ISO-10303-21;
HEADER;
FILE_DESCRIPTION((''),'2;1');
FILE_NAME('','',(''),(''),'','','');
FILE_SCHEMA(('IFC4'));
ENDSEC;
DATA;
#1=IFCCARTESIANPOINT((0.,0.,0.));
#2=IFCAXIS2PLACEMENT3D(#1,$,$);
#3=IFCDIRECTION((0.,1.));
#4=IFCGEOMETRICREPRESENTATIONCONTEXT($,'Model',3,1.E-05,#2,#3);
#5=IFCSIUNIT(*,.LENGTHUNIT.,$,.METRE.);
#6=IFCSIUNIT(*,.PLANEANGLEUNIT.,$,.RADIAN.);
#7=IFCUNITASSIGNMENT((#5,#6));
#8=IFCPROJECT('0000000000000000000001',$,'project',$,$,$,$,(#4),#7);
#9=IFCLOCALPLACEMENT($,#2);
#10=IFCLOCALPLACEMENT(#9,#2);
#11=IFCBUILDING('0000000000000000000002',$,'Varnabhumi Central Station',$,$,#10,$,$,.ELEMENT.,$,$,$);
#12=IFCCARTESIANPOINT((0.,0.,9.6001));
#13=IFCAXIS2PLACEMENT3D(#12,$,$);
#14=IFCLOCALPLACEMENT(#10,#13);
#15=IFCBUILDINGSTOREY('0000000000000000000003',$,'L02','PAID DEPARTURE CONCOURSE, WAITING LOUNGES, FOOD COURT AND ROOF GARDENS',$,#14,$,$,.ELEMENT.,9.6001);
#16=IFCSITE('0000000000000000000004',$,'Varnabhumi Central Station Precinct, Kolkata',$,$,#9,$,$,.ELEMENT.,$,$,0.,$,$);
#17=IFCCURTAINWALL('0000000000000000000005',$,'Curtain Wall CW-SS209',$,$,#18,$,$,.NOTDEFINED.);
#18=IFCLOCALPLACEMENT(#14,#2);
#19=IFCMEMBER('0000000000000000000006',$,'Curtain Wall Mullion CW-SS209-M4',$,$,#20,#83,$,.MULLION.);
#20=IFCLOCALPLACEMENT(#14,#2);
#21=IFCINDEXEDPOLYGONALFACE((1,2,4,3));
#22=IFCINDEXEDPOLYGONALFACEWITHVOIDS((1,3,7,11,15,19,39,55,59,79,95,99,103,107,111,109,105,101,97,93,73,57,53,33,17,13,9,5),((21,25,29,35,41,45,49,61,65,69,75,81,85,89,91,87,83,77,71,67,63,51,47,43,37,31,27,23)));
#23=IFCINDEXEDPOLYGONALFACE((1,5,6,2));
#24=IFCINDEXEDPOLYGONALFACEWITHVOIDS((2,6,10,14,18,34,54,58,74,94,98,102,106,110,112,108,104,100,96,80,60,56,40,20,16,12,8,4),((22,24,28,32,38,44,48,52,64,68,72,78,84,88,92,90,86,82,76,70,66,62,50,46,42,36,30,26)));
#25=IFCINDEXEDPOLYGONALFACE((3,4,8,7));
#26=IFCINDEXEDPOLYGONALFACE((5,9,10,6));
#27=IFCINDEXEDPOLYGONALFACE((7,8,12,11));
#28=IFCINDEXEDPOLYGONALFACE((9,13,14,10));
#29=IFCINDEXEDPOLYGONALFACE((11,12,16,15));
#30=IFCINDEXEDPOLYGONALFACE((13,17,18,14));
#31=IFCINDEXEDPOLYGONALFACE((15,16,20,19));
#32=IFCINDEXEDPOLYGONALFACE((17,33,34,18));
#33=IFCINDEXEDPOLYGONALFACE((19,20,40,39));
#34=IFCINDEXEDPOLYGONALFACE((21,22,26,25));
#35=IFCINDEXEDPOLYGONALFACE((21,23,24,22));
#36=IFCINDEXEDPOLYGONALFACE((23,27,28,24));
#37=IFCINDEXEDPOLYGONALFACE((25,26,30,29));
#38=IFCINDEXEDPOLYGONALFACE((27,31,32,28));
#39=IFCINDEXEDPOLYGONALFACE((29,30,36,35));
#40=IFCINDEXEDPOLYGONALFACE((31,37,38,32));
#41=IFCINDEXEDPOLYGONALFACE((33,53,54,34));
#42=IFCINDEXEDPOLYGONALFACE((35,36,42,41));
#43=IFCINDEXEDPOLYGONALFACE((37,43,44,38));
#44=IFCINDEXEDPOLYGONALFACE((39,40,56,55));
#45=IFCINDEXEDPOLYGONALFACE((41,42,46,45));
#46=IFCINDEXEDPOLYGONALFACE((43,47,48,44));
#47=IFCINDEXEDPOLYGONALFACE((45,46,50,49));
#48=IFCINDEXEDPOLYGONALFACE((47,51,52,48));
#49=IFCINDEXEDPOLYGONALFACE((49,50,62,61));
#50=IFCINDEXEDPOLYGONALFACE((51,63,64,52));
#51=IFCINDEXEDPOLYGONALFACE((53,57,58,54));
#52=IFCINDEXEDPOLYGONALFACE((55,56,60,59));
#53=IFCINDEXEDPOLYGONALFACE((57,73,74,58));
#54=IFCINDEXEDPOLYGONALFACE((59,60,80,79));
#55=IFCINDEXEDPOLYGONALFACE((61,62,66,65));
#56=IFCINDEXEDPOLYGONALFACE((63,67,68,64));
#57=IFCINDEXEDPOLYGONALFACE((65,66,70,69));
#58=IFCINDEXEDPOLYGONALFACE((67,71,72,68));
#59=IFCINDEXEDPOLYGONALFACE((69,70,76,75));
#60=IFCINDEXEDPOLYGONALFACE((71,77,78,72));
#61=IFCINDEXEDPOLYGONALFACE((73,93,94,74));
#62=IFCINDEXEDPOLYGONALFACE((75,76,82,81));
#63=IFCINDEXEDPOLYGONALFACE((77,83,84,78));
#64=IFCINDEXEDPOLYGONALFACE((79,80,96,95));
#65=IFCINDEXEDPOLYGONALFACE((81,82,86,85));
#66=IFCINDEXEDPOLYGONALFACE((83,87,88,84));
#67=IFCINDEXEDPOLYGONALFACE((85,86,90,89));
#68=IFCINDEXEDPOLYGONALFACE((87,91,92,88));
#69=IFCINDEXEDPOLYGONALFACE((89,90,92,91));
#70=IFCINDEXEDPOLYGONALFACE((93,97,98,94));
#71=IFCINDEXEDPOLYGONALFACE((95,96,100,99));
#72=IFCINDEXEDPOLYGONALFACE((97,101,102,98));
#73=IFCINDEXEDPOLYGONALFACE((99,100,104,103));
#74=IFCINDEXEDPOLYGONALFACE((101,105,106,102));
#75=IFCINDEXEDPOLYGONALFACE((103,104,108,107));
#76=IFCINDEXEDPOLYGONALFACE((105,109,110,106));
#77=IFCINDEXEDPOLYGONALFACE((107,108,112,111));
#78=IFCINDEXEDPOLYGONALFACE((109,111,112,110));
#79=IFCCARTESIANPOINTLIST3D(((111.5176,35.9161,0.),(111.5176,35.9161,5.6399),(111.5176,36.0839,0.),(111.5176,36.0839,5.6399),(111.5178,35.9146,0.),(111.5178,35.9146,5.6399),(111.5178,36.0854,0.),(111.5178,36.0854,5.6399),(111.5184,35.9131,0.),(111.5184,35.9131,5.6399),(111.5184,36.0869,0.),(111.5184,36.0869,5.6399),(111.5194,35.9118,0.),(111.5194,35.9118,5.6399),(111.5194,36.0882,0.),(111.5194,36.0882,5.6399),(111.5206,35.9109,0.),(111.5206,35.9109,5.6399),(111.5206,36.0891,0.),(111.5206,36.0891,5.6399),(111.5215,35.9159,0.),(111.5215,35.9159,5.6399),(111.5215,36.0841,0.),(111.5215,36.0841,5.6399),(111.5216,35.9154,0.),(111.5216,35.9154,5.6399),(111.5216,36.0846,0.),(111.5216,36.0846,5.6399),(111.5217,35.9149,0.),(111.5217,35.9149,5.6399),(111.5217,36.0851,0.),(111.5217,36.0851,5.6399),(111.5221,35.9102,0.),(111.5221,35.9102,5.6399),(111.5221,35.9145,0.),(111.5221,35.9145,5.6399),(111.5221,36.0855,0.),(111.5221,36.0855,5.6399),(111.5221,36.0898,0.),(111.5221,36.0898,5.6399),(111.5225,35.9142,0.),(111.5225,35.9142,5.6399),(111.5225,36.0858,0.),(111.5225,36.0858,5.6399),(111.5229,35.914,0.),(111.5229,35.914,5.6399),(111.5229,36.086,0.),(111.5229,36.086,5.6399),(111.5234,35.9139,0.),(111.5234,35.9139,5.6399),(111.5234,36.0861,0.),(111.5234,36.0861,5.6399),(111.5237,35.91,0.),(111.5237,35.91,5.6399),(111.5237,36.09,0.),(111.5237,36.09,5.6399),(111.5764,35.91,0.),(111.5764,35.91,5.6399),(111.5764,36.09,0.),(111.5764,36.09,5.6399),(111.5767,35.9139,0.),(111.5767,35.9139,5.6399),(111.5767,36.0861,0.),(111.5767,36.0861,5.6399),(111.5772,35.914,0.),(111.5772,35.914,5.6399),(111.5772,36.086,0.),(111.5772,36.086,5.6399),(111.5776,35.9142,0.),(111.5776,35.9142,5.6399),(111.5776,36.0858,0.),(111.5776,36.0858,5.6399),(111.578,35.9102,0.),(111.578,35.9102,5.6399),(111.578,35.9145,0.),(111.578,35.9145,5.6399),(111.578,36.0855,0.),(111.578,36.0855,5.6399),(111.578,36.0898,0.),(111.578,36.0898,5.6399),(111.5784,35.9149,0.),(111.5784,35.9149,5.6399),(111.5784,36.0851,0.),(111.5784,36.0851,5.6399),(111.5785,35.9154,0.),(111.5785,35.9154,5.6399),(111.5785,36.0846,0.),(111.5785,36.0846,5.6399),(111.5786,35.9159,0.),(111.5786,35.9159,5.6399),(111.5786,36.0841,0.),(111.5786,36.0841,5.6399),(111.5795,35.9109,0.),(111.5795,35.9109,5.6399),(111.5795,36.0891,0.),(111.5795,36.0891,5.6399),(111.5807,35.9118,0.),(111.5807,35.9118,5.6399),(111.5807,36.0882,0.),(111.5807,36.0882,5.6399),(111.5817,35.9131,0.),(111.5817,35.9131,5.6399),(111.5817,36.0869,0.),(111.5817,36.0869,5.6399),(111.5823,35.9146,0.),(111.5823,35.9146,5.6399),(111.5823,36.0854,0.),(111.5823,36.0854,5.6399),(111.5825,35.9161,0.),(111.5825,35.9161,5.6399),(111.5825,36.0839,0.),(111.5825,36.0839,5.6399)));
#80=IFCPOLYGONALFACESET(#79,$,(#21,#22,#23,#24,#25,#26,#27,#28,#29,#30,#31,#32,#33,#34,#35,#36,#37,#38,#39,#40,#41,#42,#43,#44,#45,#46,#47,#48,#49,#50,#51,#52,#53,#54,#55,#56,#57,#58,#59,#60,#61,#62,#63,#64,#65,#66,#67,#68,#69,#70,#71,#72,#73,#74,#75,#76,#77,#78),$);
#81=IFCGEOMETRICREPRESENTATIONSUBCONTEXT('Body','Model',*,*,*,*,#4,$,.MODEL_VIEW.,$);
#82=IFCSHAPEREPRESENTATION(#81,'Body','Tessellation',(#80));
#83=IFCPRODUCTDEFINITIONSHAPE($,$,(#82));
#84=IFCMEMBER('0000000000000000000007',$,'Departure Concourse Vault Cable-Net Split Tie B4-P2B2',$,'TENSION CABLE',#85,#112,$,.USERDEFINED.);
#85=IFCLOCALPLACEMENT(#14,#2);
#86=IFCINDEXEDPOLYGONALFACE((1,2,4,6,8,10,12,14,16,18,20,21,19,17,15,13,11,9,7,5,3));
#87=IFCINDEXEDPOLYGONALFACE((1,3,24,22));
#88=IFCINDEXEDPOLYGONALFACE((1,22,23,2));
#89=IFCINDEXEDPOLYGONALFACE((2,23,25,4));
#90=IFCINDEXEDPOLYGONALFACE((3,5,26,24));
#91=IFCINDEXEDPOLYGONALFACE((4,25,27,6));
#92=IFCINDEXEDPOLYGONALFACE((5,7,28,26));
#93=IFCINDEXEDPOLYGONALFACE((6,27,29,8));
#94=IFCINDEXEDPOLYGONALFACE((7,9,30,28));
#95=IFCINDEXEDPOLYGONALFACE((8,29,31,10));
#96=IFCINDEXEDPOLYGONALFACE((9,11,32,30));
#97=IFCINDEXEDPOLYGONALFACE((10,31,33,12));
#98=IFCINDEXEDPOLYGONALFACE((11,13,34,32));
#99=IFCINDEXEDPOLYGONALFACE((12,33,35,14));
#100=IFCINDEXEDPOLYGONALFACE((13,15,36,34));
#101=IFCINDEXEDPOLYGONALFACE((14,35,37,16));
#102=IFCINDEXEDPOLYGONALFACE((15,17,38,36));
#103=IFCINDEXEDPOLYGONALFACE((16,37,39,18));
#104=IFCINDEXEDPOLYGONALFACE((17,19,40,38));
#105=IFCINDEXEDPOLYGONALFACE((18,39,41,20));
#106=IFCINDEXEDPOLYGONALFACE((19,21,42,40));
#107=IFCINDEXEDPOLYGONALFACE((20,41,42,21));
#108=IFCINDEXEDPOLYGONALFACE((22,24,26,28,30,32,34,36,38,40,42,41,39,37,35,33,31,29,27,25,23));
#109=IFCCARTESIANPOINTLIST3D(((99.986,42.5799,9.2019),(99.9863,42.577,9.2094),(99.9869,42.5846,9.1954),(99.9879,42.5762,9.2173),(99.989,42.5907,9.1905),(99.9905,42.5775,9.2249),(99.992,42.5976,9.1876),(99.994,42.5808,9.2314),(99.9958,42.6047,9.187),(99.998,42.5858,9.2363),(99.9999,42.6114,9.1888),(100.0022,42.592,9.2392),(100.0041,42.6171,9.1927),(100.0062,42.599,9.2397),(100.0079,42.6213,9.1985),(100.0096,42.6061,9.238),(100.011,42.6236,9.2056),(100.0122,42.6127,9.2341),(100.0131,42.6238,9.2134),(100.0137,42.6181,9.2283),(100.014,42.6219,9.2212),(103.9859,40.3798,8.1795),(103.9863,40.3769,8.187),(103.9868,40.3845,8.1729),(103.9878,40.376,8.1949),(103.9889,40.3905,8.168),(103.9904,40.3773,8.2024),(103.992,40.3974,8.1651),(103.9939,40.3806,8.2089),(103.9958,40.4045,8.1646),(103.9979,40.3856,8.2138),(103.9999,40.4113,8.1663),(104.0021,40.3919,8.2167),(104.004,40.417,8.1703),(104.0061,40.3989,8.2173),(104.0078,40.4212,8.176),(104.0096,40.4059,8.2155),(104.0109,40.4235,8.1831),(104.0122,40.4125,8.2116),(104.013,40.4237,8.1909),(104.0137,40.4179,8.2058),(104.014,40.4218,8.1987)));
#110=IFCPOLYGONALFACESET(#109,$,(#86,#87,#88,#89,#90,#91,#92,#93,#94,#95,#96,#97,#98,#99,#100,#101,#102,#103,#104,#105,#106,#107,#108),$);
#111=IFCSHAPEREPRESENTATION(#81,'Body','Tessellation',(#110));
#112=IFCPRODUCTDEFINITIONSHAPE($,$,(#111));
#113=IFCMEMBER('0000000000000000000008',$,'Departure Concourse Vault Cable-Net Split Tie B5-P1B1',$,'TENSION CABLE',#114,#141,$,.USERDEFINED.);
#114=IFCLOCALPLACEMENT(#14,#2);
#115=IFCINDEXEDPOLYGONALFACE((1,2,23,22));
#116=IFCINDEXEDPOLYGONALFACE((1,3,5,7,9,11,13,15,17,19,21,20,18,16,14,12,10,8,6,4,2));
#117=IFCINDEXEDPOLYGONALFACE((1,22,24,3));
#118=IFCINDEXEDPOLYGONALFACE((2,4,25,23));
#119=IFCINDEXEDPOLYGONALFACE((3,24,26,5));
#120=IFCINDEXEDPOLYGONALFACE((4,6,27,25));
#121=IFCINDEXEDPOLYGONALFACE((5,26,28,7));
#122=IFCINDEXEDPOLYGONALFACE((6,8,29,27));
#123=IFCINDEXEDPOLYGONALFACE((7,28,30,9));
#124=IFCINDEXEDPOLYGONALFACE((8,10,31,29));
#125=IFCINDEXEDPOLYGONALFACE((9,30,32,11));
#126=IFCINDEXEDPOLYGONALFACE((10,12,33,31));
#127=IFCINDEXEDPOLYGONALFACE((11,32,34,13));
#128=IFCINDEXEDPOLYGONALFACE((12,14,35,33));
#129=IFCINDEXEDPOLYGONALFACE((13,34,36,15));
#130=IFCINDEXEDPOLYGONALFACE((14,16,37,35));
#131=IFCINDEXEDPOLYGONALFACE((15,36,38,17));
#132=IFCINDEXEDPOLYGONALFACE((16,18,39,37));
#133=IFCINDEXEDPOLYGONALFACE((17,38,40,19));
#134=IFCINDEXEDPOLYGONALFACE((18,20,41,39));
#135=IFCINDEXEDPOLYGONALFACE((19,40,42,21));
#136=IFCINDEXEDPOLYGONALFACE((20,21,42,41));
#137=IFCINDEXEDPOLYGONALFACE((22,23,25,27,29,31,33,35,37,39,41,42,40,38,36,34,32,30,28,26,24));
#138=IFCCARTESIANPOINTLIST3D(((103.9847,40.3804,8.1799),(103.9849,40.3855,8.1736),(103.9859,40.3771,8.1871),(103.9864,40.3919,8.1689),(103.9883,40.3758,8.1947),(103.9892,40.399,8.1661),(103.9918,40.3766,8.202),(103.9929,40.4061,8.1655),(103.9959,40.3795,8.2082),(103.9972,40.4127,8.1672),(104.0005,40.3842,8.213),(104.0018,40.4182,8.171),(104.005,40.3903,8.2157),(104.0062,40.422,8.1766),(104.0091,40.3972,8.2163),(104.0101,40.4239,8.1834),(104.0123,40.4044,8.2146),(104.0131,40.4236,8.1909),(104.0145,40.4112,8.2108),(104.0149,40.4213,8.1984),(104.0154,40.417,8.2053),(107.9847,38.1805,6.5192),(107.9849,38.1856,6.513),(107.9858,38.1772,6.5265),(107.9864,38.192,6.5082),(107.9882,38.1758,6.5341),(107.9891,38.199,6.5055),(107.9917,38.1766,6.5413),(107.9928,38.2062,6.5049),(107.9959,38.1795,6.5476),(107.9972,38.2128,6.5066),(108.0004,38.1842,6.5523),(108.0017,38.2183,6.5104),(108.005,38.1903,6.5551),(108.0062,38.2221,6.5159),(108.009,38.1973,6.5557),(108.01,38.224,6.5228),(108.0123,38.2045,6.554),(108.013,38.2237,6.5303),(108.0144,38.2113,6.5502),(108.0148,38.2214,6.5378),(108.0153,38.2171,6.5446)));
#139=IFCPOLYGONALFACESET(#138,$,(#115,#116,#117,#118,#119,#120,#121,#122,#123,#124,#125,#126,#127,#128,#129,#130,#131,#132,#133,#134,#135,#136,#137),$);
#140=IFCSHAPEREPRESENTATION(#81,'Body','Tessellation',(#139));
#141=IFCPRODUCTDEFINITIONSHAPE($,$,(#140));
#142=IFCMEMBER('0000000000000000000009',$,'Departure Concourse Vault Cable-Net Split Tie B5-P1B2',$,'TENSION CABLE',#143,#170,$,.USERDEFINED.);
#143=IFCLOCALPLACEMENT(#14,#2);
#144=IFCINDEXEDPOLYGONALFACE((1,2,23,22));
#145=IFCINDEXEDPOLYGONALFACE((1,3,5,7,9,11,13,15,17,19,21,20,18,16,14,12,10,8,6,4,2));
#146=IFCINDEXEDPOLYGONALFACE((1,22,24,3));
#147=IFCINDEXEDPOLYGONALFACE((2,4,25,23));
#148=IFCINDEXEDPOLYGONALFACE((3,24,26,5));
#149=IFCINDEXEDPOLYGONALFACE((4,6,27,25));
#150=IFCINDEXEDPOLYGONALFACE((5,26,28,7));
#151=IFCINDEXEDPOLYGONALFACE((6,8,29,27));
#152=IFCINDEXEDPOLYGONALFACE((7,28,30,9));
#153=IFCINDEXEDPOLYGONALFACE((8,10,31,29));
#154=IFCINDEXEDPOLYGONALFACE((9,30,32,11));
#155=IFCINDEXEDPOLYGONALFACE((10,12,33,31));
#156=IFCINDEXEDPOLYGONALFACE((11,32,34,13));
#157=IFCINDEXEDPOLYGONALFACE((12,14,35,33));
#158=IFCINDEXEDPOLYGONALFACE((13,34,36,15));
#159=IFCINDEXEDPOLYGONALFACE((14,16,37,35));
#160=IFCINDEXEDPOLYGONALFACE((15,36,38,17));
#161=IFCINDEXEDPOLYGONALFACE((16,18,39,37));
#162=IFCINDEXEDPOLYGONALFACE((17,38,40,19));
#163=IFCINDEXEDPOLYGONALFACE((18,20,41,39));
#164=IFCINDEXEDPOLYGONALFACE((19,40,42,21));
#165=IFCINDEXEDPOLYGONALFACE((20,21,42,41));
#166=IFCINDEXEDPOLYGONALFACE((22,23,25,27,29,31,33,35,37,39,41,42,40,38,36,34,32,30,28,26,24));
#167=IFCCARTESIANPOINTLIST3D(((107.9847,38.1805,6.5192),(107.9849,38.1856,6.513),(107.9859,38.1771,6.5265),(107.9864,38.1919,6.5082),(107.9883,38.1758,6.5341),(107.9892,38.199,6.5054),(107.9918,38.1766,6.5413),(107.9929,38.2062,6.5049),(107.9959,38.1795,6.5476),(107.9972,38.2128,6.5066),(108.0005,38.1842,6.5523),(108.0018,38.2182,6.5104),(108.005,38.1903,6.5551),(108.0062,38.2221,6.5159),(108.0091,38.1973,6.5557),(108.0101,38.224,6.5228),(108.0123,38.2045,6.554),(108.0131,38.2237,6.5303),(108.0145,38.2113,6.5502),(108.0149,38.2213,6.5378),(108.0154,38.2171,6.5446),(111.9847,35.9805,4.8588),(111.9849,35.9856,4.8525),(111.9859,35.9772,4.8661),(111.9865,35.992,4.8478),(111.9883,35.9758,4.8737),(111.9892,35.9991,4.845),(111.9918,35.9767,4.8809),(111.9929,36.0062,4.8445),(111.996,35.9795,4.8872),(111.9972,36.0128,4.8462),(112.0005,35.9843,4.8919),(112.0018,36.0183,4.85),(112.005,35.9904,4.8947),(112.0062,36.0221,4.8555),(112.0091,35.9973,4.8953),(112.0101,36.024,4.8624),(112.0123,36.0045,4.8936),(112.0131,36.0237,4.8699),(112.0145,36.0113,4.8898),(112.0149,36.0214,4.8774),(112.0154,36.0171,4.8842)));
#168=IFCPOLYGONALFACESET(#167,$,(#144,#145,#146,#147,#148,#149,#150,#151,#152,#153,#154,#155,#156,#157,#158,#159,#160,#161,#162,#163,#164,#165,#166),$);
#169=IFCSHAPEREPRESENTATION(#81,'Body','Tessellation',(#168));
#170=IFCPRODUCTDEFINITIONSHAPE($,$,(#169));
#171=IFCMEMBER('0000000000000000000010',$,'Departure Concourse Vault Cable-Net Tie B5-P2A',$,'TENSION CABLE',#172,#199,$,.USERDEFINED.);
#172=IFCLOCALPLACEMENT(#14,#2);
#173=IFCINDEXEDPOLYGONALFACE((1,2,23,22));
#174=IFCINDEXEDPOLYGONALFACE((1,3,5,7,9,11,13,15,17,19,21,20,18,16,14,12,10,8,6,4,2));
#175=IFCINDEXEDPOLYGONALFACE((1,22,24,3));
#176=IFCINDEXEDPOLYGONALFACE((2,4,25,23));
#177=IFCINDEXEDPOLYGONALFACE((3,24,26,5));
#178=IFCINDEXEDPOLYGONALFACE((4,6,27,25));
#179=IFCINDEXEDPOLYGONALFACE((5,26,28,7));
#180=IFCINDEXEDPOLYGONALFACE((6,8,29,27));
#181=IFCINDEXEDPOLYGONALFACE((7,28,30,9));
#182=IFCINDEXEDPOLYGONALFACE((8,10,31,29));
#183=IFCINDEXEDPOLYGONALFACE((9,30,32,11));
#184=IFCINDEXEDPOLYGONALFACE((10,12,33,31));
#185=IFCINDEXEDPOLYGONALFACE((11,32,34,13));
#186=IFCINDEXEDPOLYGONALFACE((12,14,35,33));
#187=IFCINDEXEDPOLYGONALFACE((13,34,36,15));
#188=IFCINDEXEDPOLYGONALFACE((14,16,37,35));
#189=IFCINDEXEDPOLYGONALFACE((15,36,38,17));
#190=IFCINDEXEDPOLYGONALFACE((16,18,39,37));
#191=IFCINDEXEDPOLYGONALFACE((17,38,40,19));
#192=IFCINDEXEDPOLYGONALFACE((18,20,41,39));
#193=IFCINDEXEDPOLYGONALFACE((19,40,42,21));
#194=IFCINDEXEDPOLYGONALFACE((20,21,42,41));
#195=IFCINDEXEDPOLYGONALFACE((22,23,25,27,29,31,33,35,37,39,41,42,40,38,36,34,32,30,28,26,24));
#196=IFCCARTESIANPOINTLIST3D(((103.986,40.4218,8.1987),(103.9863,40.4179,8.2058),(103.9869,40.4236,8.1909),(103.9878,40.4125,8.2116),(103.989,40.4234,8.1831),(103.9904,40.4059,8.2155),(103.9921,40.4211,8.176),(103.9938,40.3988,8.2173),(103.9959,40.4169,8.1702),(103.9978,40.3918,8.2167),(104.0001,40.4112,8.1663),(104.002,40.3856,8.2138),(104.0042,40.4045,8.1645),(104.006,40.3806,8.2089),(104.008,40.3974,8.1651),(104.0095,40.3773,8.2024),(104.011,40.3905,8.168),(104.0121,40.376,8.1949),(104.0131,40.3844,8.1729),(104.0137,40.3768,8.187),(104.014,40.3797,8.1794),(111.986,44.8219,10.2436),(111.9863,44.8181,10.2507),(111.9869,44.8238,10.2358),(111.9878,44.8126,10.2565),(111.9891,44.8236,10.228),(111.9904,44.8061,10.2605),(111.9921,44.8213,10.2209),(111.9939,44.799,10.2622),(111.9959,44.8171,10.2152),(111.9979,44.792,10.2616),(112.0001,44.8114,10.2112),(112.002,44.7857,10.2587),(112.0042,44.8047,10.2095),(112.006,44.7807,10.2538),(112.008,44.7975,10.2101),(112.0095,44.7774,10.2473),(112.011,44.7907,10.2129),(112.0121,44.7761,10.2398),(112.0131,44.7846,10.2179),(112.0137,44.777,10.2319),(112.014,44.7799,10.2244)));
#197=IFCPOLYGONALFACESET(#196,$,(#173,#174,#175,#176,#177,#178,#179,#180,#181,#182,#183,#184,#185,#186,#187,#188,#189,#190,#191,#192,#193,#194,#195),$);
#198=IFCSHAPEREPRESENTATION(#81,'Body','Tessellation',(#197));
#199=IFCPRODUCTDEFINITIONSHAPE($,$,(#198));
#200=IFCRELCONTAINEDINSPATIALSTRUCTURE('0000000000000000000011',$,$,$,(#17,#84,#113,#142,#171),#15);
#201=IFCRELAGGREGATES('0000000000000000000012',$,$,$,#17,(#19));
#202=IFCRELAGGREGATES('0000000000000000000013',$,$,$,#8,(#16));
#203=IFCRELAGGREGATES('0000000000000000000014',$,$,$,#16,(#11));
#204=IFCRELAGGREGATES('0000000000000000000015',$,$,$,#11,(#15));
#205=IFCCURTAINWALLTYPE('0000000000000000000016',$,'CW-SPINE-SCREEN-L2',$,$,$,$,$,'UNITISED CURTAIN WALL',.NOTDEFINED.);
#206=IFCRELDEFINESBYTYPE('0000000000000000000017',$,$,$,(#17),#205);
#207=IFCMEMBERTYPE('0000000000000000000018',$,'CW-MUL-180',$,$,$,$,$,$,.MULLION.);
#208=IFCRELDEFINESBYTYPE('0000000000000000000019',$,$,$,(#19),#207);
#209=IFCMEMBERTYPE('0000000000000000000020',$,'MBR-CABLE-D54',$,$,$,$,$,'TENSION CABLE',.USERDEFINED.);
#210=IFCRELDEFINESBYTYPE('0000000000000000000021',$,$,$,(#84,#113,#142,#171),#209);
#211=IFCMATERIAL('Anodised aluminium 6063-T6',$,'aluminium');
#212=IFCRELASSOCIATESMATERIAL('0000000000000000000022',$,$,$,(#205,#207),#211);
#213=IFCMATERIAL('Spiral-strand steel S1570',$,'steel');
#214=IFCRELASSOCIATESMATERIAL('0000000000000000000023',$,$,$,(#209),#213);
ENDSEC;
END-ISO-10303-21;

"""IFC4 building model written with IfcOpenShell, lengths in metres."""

from ifc_helpers import new_model, si_unit, direction, frame, origin, origin_2d, place, context, subcontext, project, spatial, hollow_rectangle, circle, extrude, material, material_profile, profile_set, type_object, element, aggregate, save


model = new_model("IFC4")

# Units and contexts
model_context = context("Model", 3, precision=1e-05, world=origin(), true_north=direction((0.0, 1.0)))
body_context = subcontext(model_context, "Body", "Model", "MODEL_VIEW")
ifc_project = project(units=[si_unit("LENGTHUNIT", "METRE"), si_unit("PLANEANGLEUNIT", "RADIAN")], contexts=[model_context])

# Site, building, storey
site_placement = place(None, origin())
site = spatial("IfcSite", under=ifc_project, at=site_placement, Name="Varnabhumi Central Station Precinct, Kolkata", CompositionType="ELEMENT", RefElevation=0.0)
building_placement = place(site_placement, origin())
building = spatial("IfcBuilding", under=site, at=building_placement, Name="Varnabhumi Central Station", CompositionType="ELEMENT")
storey_placement = place(building_placement, frame((0.0, 0.0, 9.6001)))
storey = spatial("IfcBuildingStorey", under=building, at=storey_placement, Name="L02", Description="PAID DEPARTURE CONCOURSE, WAITING LOUNGES, FOOD COURT AND ROOF GARDENS", CompositionType="ELEMENT", Elevation=9.6001)

# Curtain wall, member
ifc_material_1 = material(Name="Anodised aluminium 6063-T6", Category="aluminium")
curtain_wall_type = type_object("IfcCurtainWallType", Name="CW-SPINE-SCREEN-L2", ElementType="UNITISED CURTAIN WALL", PredefinedType="NOTDEFINED", material=ifc_material_1)
curtain_wall_placement = place(storey_placement, origin())
curtain_wall = element("IfcCurtainWall", 1, at=curtain_wall_placement, inside=storey, type_object=curtain_wall_type, Name="Curtain Wall CW-SS209", PredefinedType="NOTDEFINED")
ifc_material_profile_1 = material_profile(ifc_material_1, hollow_rectangle(XDim=0.0649, YDim=0.1799, WallThickness=0.0039, InnerFilletRadius=0.002, OuterFilletRadius=0.0061, at=origin_2d()), Name="Anodised aluminium 6063-T6", Category="aluminium")
ifc_profile_set_1 = profile_set([ifc_material_profile_1], Name="Anodised aluminium 6063-T6")
member_type_1 = type_object("IfcMemberType", Name="CW-MUL-180", PredefinedType="MULLION", material=ifc_profile_set_1)
member_1_placement = place(storey_placement, frame((111.55, 36.0, 0.0), z_axis=(0.0, 0.0, 1.0), x_axis=(1.0, 0.0, 0.0)))
member_1 = element("IfcMember", 2, at=member_1_placement, type_object=member_type_1, Name="Curtain Wall Mullion CW-SS209-M4", PredefinedType="MULLION", context=body_context, shape_type="SweptSolid", body=[
    extrude(hollow_rectangle(XDim=0.0649, YDim=0.1799, WallThickness=0.0039, InnerFilletRadius=0.002, OuterFilletRadius=0.0061, at=origin_2d()), origin(), (0.0, 0.0, 1.0), 5.6399),
])

# Members
ifc_material_2 = material(Name="Spiral-strand steel S1570", Category="steel")
ifc_material_profile_2 = material_profile(ifc_material_2, circle(Radius=0.0271, at=origin_2d()), Name="Spiral-strand steel S1570", Category="steel")
ifc_profile_set_2 = profile_set([ifc_material_profile_2], Name="Spiral-strand steel S1570")
member_type_2 = type_object("IfcMemberType", Name="MBR-CABLE-D54", ElementType="TENSION CABLE", PredefinedType="USERDEFINED", material=ifc_profile_set_2)
member_2_placement = place(storey_placement, frame((100.0, 42.6001, 9.2134), z_axis=(0.855015, -0.4703, -0.218555), x_axis=(0.481952, 0.876198, 0.0)))
element("IfcMember", 3, at=member_2_placement, inside=storey, type_object=member_type_2, Name="Departure Concourse Vault Cable-Net Split Tie B4-P2B2", ObjectType="TENSION CABLE", PredefinedType="USERDEFINED", context=body_context, shape_type="SweptSolid", body=[
    extrude(circle(Radius=0.0271, at=origin_2d()), origin(), (0.0, 0.0, 1.0), 4.6782),
])
for number, where, z_axis, x_axis, name in (
    (4, (104.0, 40.3999, 8.1909), (0.82343, -0.452877, -0.341856), (0.481911, 0.87622, 0.0), "Departure Concourse Vault Cable-Net Split Tie B5-P1B1"),
    (5, (108.0, 38.2, 6.5303), (0.823444, -0.452884, -0.341812), (0.481911, 0.87622, 0.0), "Departure Concourse Vault Cable-Net Split Tie B5-P1B2"),
):
    element("IfcMember", number, at=place(storey_placement, frame(where, z_axis=z_axis, x_axis=x_axis)), inside=storey, type_object=member_type_2, Name=name, ObjectType="TENSION CABLE", PredefinedType="USERDEFINED", context=body_context, shape_type="SweptSolid", body=[
        extrude(circle(Radius=0.0271, at=origin_2d()), origin(), (0.0, 0.0, 1.0), 4.8577),
    ])
member_3_placement = place(storey_placement, frame((104.0, 40.3999, 8.1909), z_axis=(0.855026, 0.47028, 0.218558), x_axis=(-0.481931, 0.876209, 0.0)))
element("IfcMember", 6, at=member_3_placement, inside=storey, type_object=member_type_2, Name="Departure Concourse Vault Cable-Net Tie B5-P2A", ObjectType="TENSION CABLE", PredefinedType="USERDEFINED", context=body_context, shape_type="SweptSolid", body=[
    extrude(circle(Radius=0.0271, at=origin_2d()), origin(), (0.0, 0.0, 1.0), 9.3564),
])

aggregate(curtain_wall, [member_1])

save(model, "model.ifc")
